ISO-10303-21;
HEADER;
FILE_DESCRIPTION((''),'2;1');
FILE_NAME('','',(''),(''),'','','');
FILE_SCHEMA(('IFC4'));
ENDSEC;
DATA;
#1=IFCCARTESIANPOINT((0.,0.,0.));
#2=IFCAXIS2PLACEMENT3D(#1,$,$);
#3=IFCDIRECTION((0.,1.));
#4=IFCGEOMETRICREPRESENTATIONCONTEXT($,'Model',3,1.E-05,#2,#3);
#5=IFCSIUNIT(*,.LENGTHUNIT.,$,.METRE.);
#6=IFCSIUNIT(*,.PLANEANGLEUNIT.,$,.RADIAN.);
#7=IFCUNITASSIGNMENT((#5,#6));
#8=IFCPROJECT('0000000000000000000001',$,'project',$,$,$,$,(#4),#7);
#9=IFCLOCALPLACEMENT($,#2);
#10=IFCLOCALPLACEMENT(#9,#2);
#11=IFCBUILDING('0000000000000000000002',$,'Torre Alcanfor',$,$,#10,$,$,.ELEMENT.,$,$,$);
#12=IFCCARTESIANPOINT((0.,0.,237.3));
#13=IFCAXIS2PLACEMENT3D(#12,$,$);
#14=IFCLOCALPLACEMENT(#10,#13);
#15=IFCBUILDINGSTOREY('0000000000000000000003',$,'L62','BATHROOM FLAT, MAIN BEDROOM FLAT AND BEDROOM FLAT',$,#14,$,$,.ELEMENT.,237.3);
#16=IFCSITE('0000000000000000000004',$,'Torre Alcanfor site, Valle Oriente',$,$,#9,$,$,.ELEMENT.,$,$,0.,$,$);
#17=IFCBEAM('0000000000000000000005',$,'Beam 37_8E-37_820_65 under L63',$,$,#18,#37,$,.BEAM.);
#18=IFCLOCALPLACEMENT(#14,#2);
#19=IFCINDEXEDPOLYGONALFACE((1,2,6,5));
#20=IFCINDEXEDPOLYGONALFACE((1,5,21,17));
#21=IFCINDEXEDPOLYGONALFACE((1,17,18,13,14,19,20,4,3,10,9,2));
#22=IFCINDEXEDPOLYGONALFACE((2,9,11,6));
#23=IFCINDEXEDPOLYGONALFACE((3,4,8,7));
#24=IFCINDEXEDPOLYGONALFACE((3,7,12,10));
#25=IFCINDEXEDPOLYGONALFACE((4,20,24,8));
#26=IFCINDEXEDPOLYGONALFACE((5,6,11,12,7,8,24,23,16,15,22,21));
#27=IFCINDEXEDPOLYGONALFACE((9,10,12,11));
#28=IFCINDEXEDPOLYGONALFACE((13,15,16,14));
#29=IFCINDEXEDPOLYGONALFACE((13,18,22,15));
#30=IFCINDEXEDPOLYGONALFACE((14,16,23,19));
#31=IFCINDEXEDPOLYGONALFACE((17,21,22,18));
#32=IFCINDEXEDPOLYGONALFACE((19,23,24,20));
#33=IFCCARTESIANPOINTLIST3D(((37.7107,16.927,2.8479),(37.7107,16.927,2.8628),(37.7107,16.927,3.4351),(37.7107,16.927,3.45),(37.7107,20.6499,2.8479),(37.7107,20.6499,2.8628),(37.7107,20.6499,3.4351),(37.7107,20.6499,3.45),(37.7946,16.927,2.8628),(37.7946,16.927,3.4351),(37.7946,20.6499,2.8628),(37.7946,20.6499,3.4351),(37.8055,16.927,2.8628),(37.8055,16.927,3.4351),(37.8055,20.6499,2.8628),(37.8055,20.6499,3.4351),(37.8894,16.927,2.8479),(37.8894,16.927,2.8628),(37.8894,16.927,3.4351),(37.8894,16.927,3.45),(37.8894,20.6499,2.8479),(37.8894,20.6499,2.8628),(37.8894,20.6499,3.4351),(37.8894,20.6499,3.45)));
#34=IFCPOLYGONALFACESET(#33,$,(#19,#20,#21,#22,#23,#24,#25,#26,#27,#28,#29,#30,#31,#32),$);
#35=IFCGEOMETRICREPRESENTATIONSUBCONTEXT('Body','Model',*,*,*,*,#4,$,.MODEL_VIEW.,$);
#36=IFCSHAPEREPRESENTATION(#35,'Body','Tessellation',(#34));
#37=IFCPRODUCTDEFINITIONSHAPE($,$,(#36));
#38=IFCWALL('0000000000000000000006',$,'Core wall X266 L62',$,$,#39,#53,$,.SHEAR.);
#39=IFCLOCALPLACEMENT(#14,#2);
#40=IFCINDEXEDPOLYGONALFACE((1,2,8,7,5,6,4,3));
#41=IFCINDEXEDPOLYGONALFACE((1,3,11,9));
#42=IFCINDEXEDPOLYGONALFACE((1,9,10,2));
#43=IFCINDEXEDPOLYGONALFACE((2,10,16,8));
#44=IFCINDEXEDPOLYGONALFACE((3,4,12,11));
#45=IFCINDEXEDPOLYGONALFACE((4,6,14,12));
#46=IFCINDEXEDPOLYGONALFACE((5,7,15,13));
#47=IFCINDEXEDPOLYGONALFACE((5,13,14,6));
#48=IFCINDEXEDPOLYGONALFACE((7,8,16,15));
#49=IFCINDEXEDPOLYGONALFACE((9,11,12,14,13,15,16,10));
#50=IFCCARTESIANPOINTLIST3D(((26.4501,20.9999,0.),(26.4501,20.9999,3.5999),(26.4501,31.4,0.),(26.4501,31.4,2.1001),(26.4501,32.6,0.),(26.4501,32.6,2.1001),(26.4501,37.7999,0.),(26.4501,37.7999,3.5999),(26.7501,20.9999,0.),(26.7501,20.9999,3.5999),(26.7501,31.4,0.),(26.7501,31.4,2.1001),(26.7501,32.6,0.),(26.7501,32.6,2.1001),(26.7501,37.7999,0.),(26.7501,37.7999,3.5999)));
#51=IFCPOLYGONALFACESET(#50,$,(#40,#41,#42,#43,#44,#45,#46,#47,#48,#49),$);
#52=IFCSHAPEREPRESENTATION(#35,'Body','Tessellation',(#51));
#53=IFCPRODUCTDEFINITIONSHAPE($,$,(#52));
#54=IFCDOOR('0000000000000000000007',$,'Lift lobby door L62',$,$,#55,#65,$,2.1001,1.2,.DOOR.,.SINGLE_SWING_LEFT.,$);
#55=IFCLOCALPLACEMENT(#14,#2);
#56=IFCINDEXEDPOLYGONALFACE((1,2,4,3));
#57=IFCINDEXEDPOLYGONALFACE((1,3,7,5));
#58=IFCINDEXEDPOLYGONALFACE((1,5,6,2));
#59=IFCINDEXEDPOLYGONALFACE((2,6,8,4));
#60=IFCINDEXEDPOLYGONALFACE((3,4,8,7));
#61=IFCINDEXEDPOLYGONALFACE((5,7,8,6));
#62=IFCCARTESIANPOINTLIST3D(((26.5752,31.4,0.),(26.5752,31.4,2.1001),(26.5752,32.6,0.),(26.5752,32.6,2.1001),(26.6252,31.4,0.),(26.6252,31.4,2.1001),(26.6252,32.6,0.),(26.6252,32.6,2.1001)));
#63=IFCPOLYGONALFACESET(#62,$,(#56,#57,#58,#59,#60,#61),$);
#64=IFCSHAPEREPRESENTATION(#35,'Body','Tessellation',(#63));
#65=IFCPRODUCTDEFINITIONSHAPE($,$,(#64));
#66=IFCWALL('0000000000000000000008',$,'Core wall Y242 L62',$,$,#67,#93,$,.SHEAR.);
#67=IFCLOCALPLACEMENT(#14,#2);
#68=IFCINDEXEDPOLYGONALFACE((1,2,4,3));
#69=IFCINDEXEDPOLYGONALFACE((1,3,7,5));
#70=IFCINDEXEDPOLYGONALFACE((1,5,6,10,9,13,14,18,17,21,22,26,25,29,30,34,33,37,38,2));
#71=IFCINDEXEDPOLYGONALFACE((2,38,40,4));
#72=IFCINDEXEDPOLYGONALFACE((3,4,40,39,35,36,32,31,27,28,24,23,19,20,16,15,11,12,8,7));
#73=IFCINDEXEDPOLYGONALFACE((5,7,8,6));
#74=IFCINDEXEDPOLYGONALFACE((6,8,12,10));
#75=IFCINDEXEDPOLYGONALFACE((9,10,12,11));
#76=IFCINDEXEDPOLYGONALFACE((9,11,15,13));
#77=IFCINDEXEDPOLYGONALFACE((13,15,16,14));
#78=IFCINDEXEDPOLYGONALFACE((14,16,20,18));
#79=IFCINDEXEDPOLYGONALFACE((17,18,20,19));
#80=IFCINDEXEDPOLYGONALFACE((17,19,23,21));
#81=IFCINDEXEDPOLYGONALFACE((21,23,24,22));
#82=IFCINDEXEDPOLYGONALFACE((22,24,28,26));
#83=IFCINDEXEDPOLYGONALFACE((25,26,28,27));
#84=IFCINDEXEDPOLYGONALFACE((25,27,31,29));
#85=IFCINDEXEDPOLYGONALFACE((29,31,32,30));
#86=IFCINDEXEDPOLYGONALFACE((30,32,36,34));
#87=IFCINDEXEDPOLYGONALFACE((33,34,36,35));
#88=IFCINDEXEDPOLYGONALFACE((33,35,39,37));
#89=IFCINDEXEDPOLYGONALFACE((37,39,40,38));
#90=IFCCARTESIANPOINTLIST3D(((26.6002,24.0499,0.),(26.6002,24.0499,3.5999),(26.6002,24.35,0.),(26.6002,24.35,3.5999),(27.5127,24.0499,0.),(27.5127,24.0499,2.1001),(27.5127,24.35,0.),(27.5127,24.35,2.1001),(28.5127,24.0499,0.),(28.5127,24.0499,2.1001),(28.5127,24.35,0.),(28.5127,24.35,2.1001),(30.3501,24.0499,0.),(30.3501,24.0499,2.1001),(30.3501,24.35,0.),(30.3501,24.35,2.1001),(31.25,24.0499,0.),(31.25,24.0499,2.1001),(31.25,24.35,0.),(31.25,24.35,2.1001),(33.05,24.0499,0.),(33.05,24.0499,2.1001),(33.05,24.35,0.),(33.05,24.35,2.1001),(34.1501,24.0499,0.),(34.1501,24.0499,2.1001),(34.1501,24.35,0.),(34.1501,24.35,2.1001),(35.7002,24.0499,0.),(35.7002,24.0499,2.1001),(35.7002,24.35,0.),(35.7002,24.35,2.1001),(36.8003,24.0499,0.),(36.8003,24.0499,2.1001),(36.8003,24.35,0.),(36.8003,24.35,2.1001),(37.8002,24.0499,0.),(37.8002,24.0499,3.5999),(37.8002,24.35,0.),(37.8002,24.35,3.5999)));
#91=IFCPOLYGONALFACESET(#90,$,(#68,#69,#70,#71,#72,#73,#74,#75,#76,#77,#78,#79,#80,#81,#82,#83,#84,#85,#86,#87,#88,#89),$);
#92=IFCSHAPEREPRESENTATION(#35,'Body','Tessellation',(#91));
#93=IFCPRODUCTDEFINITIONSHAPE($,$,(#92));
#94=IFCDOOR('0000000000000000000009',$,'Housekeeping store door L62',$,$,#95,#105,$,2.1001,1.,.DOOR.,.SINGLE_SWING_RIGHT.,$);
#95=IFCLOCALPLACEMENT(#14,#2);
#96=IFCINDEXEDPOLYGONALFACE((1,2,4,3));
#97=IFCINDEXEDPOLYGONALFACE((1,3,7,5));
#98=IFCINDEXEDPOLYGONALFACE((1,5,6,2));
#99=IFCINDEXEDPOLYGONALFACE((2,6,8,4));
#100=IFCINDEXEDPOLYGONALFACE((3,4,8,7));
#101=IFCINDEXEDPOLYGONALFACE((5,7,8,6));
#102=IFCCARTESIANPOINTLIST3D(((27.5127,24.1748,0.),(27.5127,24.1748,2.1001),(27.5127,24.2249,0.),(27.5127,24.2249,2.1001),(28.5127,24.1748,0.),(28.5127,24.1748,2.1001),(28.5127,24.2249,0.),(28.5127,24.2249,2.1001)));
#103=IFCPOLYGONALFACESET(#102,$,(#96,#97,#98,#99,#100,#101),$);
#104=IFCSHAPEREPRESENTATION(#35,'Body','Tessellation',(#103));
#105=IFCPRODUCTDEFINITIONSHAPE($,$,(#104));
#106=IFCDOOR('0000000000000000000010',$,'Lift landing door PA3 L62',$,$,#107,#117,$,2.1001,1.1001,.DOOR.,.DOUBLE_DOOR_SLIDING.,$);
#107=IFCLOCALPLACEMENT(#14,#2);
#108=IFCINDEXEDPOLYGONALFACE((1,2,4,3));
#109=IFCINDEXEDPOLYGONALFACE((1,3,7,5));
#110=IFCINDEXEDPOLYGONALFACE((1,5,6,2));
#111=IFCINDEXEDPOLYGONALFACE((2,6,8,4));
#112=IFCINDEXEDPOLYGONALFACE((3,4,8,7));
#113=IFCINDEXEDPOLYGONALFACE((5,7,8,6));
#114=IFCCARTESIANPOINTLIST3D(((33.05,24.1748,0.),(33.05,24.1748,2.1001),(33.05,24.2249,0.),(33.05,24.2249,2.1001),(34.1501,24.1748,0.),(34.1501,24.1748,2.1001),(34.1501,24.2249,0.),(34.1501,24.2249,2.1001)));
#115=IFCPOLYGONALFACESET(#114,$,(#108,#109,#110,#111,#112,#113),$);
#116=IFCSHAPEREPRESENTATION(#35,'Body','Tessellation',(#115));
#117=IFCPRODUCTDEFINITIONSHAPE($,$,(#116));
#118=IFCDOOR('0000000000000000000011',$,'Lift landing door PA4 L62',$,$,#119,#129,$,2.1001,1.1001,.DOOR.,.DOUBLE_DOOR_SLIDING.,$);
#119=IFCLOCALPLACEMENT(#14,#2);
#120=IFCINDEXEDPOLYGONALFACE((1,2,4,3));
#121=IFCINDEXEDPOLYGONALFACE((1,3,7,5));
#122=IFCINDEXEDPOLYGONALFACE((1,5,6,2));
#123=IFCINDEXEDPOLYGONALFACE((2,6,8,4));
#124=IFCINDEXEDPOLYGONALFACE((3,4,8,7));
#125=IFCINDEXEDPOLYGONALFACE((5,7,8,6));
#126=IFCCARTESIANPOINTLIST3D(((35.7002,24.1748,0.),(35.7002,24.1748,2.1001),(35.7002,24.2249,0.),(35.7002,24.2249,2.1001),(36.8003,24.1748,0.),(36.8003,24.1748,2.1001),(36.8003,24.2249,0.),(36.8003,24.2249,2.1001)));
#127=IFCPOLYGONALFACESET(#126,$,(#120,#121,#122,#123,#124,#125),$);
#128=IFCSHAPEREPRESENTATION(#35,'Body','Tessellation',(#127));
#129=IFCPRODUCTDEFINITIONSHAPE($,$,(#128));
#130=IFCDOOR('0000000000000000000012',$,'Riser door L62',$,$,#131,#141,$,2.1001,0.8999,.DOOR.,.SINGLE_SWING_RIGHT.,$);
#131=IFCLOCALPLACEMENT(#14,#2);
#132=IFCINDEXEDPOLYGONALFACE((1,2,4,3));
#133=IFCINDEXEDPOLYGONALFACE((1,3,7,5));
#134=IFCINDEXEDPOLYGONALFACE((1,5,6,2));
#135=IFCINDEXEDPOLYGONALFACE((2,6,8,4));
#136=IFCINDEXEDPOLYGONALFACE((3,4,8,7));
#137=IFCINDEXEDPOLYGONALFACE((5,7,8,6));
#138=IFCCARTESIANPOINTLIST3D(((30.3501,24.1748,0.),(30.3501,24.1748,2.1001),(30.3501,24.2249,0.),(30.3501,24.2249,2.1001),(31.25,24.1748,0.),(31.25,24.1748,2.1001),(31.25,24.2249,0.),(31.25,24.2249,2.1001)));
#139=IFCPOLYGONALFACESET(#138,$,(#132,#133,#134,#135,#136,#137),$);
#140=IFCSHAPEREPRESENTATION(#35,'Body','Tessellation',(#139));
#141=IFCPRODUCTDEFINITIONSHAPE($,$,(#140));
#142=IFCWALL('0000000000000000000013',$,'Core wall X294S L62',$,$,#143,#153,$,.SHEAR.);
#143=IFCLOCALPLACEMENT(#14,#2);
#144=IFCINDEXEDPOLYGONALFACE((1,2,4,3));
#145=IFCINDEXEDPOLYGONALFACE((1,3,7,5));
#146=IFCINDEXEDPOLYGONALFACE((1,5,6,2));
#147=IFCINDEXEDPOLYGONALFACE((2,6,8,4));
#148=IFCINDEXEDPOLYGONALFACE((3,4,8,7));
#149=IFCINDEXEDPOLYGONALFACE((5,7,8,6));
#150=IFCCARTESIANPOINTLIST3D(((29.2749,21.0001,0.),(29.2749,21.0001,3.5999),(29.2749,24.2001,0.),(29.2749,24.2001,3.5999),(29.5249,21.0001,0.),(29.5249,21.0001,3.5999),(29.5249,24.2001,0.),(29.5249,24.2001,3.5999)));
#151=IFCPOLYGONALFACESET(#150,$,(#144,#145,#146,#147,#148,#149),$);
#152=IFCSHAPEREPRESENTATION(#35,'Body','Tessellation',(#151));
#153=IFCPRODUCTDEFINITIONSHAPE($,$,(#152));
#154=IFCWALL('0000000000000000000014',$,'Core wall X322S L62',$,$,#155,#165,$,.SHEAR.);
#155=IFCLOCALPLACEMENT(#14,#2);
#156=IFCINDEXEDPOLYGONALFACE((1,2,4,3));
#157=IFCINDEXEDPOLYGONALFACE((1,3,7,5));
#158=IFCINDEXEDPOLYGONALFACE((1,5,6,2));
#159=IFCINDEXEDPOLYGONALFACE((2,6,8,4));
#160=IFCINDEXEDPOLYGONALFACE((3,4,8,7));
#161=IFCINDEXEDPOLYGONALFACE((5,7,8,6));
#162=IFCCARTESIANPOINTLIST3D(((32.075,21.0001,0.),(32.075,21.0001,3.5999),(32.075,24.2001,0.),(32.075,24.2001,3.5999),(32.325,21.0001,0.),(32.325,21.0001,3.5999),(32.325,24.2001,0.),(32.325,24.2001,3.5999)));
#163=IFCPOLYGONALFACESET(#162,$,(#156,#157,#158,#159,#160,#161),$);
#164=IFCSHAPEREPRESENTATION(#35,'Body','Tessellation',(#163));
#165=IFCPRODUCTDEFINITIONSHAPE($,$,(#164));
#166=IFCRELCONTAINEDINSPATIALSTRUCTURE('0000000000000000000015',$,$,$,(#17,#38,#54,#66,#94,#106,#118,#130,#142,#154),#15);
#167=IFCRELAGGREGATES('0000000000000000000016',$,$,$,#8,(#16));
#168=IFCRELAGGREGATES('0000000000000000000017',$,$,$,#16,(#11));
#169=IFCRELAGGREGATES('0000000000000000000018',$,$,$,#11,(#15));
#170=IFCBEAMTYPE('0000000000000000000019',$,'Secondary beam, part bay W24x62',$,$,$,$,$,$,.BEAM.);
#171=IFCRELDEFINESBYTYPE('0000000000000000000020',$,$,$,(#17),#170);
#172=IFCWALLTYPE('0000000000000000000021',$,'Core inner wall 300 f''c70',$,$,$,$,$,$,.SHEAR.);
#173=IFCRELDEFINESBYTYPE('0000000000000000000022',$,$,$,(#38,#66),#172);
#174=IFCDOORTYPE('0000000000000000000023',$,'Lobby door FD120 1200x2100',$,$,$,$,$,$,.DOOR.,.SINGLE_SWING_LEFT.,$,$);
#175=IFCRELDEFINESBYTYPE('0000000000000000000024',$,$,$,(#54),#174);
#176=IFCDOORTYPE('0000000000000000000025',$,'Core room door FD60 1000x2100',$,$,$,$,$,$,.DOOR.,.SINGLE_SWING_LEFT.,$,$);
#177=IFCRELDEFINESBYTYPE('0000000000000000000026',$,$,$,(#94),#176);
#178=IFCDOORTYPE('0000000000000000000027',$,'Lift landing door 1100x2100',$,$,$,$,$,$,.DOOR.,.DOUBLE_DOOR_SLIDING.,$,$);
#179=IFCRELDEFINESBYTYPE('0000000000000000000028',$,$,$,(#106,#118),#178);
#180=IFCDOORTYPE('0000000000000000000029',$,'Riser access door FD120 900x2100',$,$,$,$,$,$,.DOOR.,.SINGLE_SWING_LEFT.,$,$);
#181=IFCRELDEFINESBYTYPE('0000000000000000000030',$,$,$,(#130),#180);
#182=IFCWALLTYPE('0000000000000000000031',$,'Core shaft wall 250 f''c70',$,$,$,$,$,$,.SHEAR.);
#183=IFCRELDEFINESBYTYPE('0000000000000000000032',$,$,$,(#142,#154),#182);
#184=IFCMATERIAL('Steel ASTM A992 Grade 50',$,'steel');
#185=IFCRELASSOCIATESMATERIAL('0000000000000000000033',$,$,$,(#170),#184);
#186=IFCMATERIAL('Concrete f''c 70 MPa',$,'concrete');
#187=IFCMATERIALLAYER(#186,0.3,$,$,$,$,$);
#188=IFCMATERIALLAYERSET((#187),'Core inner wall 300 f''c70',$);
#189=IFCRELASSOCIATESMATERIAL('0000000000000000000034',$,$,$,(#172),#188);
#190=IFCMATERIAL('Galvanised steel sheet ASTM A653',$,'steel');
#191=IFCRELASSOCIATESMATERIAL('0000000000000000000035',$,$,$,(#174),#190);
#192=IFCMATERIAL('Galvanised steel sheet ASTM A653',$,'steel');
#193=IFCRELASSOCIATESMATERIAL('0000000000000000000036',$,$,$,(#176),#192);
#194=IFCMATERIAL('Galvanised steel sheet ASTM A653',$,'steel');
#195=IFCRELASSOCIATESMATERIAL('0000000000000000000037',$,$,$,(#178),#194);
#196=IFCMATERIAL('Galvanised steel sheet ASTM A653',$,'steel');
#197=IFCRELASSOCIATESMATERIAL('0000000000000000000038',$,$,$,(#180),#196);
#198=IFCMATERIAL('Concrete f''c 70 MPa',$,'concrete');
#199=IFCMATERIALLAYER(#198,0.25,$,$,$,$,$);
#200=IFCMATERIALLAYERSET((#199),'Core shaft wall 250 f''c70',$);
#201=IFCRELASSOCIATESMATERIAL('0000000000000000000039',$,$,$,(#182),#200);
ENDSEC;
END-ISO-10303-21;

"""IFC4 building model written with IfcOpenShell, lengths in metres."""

from ifc_helpers import new_model, si_unit, direction, frame, frame_2d, origin, origin_2d, place, context, subcontext, project, spatial, rectangle, i_section, extrude, material, layer, layer_set, material_profile, profile_set, type_object, element, fill, save


model = new_model("IFC4")

# Units and contexts
model_context = context("Model", 3, precision=1e-05, world=origin(), true_north=direction((0.0, 1.0)))
body_context = subcontext(model_context, "Body", "Model", "MODEL_VIEW")
ifc_project = project(units=[si_unit("LENGTHUNIT", "METRE"), si_unit("PLANEANGLEUNIT", "RADIAN")], contexts=[model_context])

# Site, building, storey
site_placement = place(None, origin())
site = spatial("IfcSite", under=ifc_project, at=site_placement, Name="Torre Alcanfor site, Valle Oriente", CompositionType="ELEMENT", RefElevation=0.0)
building_placement = place(site_placement, origin())
building = spatial("IfcBuilding", under=site, at=building_placement, Name="Torre Alcanfor", CompositionType="ELEMENT")
storey_placement = place(building_placement, frame((0.0, 0.0, 237.3)))
storey = spatial("IfcBuildingStorey", under=building, at=storey_placement, Name="L62", Description="BATHROOM FLAT, MAIN BEDROOM FLAT AND BEDROOM FLAT", CompositionType="ELEMENT", Elevation=237.3)

# Beam
ifc_material_1 = material(Name="Steel ASTM A992 Grade 50", Category="steel")
ifc_material_profile = material_profile(ifc_material_1, i_section(OverallWidth=0.1787, OverallDepth=0.6021, WebThickness=0.011, FlangeThickness=0.0149, at=origin_2d()), Name="W24x62")
ifc_profile_set = profile_set([ifc_material_profile], Name="Steel ASTM A992 Grade 50")
beam_type = type_object("IfcBeamType", Name="Secondary beam, part bay W24x62", PredefinedType="BEAM", material=ifc_profile_set)
beam_placement = place(storey_placement, frame((37.8, 16.927, 3.1489), z_axis=(0.0, 1.0, 0.0), x_axis=(-1.0, 0.0, 0.0)))
element("IfcBeam", 1, at=beam_placement, inside=storey, type_object=beam_type, Name="Beam 37_8E-37_820_65 under L63", PredefinedType="BEAM", context=body_context, shape_type="SweptSolid", body=[
    extrude(i_section(OverallWidth=0.1787, OverallDepth=0.6021, WebThickness=0.011, FlangeThickness=0.0149, at=origin_2d()), origin(), (0.0, 0.0, 1.0), 3.7229),
])

# Wall, opening, door
ifc_material_2 = material(Name="Concrete f'c 70 MPa", Category="concrete")
ifc_layer_1 = layer(ifc_material_2, 0.3)
ifc_layer_set_1 = layer_set([ifc_layer_1], Name="Core inner wall 300 f'c70")
wall_type_1 = type_object("IfcWallType", Name="Core inner wall 300 f'c70", PredefinedType="SHEAR", material=ifc_layer_set_1)
wall_1_placement = place(storey_placement, frame((26.6001, 21.0, 0.0), z_axis=(0.0, 0.0, 1.0), x_axis=(0.0, 1.0, 0.0)))
wall_1 = element("IfcWall", 2, at=wall_1_placement, inside=storey, type_object=wall_type_1, Name="Core wall X266 L62", PredefinedType="SHEAR", context=body_context, shape_type="SweptSolid", body=[
    extrude(rectangle(XDim=16.8, YDim=0.3, at=frame_2d((8.3999, 0.0))), origin(), (0.0, 0.0, 1.0), 3.5999),
])
opening_1_placement = place(wall_1_placement, frame((10.3999, 0.0, 0.0)))
opening_1 = element("IfcOpeningElement", 3, at=opening_1_placement, cuts=wall_1, PredefinedType="OPENING", context=body_context, shape_type="SweptSolid", body=[
    extrude(rectangle(XDim=1.2, YDim=2.1001, at=frame_2d((0.6001, 1.05))), frame((0.0, 0.1599, 0.0), z_axis=(0.0, -1.0, 0.0), x_axis=(1.0, 0.0, 0.0)), (0.0, 0.0, 1.0), 0.3201),
])
ifc_material_3 = material(Name="Galvanised steel sheet ASTM A653", Category="steel")
door_type_1 = type_object("IfcDoorType", Name="Lobby door FD120 1200x2100", OperationType="SINGLE_SWING_LEFT", PredefinedType="DOOR", material=ifc_material_3)
door_1_placement = place(opening_1_placement, origin())
door_1 = element("IfcDoor", 4, at=door_1_placement, inside=storey, type_object=door_type_1, Name="Lift lobby door L62", OperationType="SINGLE_SWING_LEFT", OverallHeight=2.1001, OverallWidth=1.2, PredefinedType="DOOR", context=body_context, shape_type="SweptSolid", body=[
    extrude(rectangle(XDim=1.2, YDim=2.1001, at=frame_2d((0.6001, 1.05))), frame((0.0, 0.0249, 0.0), z_axis=(0.0, -1.0, 0.0), x_axis=(1.0, 0.0, 0.0)), (0.0, 0.0, 1.0), 0.05),
])
fill(opening_1, door_1)

# Wall, openings, doors
wall_2_placement = place(storey_placement, frame((26.6001, 24.2, 0.0), z_axis=(0.0, 0.0, 1.0), x_axis=(1.0, 0.0, 0.0)))
wall_2 = element("IfcWall", 5, at=wall_2_placement, inside=storey, type_object=wall_type_1, Name="Core wall Y242 L62", PredefinedType="SHEAR", context=body_context, shape_type="SweptSolid", body=[
    extrude(rectangle(XDim=11.2, YDim=0.3, at=frame_2d((5.6001, 0.0))), origin(), (0.0, 0.0, 1.0), 3.5999),
])
opening_2_placement = place(wall_2_placement, frame((0.9126, 0.0, 0.0)))
opening_2 = element("IfcOpeningElement", 6, at=opening_2_placement, cuts=wall_2, PredefinedType="OPENING", context=body_context, shape_type="SweptSolid", body=[
    extrude(rectangle(XDim=1.0, YDim=2.1001, at=frame_2d((0.5, 1.05))), frame((0.0, 0.1599, 0.0), z_axis=(0.0, -1.0, 0.0), x_axis=(1.0, 0.0, 0.0)), (0.0, 0.0, 1.0), 0.3201),
])
opening_3_placement = place(wall_2_placement, frame((3.75, 0.0, 0.0)))
opening_3 = element("IfcOpeningElement", 7, at=opening_3_placement, cuts=wall_2, PredefinedType="OPENING", context=body_context, shape_type="SweptSolid", body=[
    extrude(rectangle(XDim=0.8999, YDim=2.1001, at=frame_2d((0.45, 1.05))), frame((0.0, 0.1599, 0.0), z_axis=(0.0, -1.0, 0.0), x_axis=(1.0, 0.0, 0.0)), (0.0, 0.0, 1.0), 0.3201),
])
opening_4_placement = place(wall_2_placement, frame((6.45, 0.0, 0.0)))
opening_4 = element("IfcOpeningElement", 8, at=opening_4_placement, cuts=wall_2, PredefinedType="OPENING", context=body_context, shape_type="SweptSolid", body=[
    extrude(rectangle(XDim=1.1001, YDim=2.1001, at=frame_2d((0.55, 1.05))), frame((0.0, 0.1599, 0.0), z_axis=(0.0, -1.0, 0.0), x_axis=(1.0, 0.0, 0.0)), (0.0, 0.0, 1.0), 0.3201),
])
opening_5_placement = place(wall_2_placement, frame((9.1001, 0.0, 0.0)))
opening_5 = element("IfcOpeningElement", 9, at=opening_5_placement, cuts=wall_2, PredefinedType="OPENING", context=body_context, shape_type="SweptSolid", body=[
    extrude(rectangle(XDim=1.1001, YDim=2.1001, at=frame_2d((0.55, 1.05))), frame((0.0, 0.1599, 0.0), z_axis=(0.0, -1.0, 0.0), x_axis=(1.0, 0.0, 0.0)), (0.0, 0.0, 1.0), 0.3201),
])
ifc_material_4 = material(Name="Galvanised steel sheet ASTM A653", Category="steel")
door_type_2 = type_object("IfcDoorType", Name="Core room door FD60 1000x2100", OperationType="SINGLE_SWING_LEFT", PredefinedType="DOOR", material=ifc_material_4)
door_2_placement = place(opening_2_placement, frame((1.0, 0.0, 0.0), z_axis=(0.0, 0.0, 1.0), x_axis=(-1.0, 0.0, 0.0)))
door_2 = element("IfcDoor", 10, at=door_2_placement, inside=storey, type_object=door_type_2, Name="Housekeeping store door L62", OperationType="SINGLE_SWING_RIGHT", OverallHeight=2.1001, OverallWidth=1.0, PredefinedType="DOOR", context=body_context, shape_type="SweptSolid", body=[
    extrude(rectangle(XDim=1.0, YDim=2.1001, at=frame_2d((0.5, 1.05))), frame((0.0, 0.0251, 0.0), z_axis=(0.0, -1.0, 0.0), x_axis=(1.0, 0.0, 0.0)), (0.0, 0.0, 1.0), 0.05),
])
fill(opening_2, door_2)
ifc_material_5 = material(Name="Galvanised steel sheet ASTM A653", Category="steel")
door_type_3 = type_object("IfcDoorType", Name="Lift landing door 1100x2100", OperationType="DOUBLE_DOOR_SLIDING", PredefinedType="DOOR", material=ifc_material_5)
door_3_placement = place(opening_4_placement, origin())
door_3 = element("IfcDoor", 11, at=door_3_placement, inside=storey, type_object=door_type_3, Name="Lift landing door PA3 L62", OperationType="DOUBLE_DOOR_SLIDING", OverallHeight=2.1001, OverallWidth=1.1001, PredefinedType="DOOR", context=body_context, shape_type="SweptSolid", body=[
    extrude(rectangle(XDim=1.1001, YDim=2.1001, at=frame_2d((0.55, 1.05))), frame((0.0, 0.0249, 0.0), z_axis=(0.0, -1.0, 0.0), x_axis=(1.0, 0.0, 0.0)), (0.0, 0.0, 1.0), 0.05),
])
fill(opening_4, door_3)
door_4_placement = place(opening_5_placement, origin())
door_4 = element("IfcDoor", 12, at=door_4_placement, inside=storey, type_object=door_type_3, Name="Lift landing door PA4 L62", OperationType="DOUBLE_DOOR_SLIDING", OverallHeight=2.1001, OverallWidth=1.1001, PredefinedType="DOOR", context=body_context, shape_type="SweptSolid", body=[
    extrude(rectangle(XDim=1.1001, YDim=2.1001, at=frame_2d((0.55, 1.05))), frame((0.0, 0.0249, 0.0), z_axis=(0.0, -1.0, 0.0), x_axis=(1.0, 0.0, 0.0)), (0.0, 0.0, 1.0), 0.05),
])
fill(opening_5, door_4)
ifc_material_6 = material(Name="Galvanised steel sheet ASTM A653", Category="steel")
door_type_4 = type_object("IfcDoorType", Name="Riser access door FD120 900x2100", OperationType="SINGLE_SWING_LEFT", PredefinedType="DOOR", material=ifc_material_6)
door_5_placement = place(opening_3_placement, frame((0.8999, 0.0, 0.0), z_axis=(0.0, 0.0, 1.0), x_axis=(-1.0, 0.0, 0.0)))
door_5 = element("IfcDoor", 13, at=door_5_placement, inside=storey, type_object=door_type_4, Name="Riser door L62", OperationType="SINGLE_SWING_RIGHT", OverallHeight=2.1001, OverallWidth=0.8999, PredefinedType="DOOR", context=body_context, shape_type="SweptSolid", body=[
    extrude(rectangle(XDim=0.8999, YDim=2.1001, at=frame_2d((0.45, 1.05))), frame((0.0, 0.0251, 0.0), z_axis=(0.0, -1.0, 0.0), x_axis=(1.0, 0.0, 0.0)), (0.0, 0.0, 1.0), 0.05),
])
fill(opening_3, door_5)

# Walls
ifc_material_7 = material(Name="Concrete f'c 70 MPa", Category="concrete")
ifc_layer_2 = layer(ifc_material_7, 0.25)
ifc_layer_set_2 = layer_set([ifc_layer_2], Name="Core shaft wall 250 f'c70")
wall_type_2 = type_object("IfcWallType", Name="Core shaft wall 250 f'c70", PredefinedType="SHEAR", material=ifc_layer_set_2)
for number, where, z_axis, x_axis, name in (
    (14, (29.3999, 21.0, 0.0), (0.0, 0.0, 1.0), (0.0, 1.0, 0.0), "Core wall X294S L62"),
    (15, (32.2, 21.0, 0.0), (0.0, 0.0, 1.0), (0.0, 1.0, 0.0), "Core wall X322S L62"),
):
    element("IfcWall", number, at=place(storey_placement, frame(where, z_axis=z_axis, x_axis=x_axis)), inside=storey, type_object=wall_type_2, Name=name, PredefinedType="SHEAR", context=body_context, shape_type="SweptSolid", body=[
        extrude(rectangle(XDim=3.2, YDim=0.25, at=frame_2d((1.6001, 0.0))), origin(), (0.0, 0.0, 1.0), 3.5999),
    ])

save(model, "model.ifc")
